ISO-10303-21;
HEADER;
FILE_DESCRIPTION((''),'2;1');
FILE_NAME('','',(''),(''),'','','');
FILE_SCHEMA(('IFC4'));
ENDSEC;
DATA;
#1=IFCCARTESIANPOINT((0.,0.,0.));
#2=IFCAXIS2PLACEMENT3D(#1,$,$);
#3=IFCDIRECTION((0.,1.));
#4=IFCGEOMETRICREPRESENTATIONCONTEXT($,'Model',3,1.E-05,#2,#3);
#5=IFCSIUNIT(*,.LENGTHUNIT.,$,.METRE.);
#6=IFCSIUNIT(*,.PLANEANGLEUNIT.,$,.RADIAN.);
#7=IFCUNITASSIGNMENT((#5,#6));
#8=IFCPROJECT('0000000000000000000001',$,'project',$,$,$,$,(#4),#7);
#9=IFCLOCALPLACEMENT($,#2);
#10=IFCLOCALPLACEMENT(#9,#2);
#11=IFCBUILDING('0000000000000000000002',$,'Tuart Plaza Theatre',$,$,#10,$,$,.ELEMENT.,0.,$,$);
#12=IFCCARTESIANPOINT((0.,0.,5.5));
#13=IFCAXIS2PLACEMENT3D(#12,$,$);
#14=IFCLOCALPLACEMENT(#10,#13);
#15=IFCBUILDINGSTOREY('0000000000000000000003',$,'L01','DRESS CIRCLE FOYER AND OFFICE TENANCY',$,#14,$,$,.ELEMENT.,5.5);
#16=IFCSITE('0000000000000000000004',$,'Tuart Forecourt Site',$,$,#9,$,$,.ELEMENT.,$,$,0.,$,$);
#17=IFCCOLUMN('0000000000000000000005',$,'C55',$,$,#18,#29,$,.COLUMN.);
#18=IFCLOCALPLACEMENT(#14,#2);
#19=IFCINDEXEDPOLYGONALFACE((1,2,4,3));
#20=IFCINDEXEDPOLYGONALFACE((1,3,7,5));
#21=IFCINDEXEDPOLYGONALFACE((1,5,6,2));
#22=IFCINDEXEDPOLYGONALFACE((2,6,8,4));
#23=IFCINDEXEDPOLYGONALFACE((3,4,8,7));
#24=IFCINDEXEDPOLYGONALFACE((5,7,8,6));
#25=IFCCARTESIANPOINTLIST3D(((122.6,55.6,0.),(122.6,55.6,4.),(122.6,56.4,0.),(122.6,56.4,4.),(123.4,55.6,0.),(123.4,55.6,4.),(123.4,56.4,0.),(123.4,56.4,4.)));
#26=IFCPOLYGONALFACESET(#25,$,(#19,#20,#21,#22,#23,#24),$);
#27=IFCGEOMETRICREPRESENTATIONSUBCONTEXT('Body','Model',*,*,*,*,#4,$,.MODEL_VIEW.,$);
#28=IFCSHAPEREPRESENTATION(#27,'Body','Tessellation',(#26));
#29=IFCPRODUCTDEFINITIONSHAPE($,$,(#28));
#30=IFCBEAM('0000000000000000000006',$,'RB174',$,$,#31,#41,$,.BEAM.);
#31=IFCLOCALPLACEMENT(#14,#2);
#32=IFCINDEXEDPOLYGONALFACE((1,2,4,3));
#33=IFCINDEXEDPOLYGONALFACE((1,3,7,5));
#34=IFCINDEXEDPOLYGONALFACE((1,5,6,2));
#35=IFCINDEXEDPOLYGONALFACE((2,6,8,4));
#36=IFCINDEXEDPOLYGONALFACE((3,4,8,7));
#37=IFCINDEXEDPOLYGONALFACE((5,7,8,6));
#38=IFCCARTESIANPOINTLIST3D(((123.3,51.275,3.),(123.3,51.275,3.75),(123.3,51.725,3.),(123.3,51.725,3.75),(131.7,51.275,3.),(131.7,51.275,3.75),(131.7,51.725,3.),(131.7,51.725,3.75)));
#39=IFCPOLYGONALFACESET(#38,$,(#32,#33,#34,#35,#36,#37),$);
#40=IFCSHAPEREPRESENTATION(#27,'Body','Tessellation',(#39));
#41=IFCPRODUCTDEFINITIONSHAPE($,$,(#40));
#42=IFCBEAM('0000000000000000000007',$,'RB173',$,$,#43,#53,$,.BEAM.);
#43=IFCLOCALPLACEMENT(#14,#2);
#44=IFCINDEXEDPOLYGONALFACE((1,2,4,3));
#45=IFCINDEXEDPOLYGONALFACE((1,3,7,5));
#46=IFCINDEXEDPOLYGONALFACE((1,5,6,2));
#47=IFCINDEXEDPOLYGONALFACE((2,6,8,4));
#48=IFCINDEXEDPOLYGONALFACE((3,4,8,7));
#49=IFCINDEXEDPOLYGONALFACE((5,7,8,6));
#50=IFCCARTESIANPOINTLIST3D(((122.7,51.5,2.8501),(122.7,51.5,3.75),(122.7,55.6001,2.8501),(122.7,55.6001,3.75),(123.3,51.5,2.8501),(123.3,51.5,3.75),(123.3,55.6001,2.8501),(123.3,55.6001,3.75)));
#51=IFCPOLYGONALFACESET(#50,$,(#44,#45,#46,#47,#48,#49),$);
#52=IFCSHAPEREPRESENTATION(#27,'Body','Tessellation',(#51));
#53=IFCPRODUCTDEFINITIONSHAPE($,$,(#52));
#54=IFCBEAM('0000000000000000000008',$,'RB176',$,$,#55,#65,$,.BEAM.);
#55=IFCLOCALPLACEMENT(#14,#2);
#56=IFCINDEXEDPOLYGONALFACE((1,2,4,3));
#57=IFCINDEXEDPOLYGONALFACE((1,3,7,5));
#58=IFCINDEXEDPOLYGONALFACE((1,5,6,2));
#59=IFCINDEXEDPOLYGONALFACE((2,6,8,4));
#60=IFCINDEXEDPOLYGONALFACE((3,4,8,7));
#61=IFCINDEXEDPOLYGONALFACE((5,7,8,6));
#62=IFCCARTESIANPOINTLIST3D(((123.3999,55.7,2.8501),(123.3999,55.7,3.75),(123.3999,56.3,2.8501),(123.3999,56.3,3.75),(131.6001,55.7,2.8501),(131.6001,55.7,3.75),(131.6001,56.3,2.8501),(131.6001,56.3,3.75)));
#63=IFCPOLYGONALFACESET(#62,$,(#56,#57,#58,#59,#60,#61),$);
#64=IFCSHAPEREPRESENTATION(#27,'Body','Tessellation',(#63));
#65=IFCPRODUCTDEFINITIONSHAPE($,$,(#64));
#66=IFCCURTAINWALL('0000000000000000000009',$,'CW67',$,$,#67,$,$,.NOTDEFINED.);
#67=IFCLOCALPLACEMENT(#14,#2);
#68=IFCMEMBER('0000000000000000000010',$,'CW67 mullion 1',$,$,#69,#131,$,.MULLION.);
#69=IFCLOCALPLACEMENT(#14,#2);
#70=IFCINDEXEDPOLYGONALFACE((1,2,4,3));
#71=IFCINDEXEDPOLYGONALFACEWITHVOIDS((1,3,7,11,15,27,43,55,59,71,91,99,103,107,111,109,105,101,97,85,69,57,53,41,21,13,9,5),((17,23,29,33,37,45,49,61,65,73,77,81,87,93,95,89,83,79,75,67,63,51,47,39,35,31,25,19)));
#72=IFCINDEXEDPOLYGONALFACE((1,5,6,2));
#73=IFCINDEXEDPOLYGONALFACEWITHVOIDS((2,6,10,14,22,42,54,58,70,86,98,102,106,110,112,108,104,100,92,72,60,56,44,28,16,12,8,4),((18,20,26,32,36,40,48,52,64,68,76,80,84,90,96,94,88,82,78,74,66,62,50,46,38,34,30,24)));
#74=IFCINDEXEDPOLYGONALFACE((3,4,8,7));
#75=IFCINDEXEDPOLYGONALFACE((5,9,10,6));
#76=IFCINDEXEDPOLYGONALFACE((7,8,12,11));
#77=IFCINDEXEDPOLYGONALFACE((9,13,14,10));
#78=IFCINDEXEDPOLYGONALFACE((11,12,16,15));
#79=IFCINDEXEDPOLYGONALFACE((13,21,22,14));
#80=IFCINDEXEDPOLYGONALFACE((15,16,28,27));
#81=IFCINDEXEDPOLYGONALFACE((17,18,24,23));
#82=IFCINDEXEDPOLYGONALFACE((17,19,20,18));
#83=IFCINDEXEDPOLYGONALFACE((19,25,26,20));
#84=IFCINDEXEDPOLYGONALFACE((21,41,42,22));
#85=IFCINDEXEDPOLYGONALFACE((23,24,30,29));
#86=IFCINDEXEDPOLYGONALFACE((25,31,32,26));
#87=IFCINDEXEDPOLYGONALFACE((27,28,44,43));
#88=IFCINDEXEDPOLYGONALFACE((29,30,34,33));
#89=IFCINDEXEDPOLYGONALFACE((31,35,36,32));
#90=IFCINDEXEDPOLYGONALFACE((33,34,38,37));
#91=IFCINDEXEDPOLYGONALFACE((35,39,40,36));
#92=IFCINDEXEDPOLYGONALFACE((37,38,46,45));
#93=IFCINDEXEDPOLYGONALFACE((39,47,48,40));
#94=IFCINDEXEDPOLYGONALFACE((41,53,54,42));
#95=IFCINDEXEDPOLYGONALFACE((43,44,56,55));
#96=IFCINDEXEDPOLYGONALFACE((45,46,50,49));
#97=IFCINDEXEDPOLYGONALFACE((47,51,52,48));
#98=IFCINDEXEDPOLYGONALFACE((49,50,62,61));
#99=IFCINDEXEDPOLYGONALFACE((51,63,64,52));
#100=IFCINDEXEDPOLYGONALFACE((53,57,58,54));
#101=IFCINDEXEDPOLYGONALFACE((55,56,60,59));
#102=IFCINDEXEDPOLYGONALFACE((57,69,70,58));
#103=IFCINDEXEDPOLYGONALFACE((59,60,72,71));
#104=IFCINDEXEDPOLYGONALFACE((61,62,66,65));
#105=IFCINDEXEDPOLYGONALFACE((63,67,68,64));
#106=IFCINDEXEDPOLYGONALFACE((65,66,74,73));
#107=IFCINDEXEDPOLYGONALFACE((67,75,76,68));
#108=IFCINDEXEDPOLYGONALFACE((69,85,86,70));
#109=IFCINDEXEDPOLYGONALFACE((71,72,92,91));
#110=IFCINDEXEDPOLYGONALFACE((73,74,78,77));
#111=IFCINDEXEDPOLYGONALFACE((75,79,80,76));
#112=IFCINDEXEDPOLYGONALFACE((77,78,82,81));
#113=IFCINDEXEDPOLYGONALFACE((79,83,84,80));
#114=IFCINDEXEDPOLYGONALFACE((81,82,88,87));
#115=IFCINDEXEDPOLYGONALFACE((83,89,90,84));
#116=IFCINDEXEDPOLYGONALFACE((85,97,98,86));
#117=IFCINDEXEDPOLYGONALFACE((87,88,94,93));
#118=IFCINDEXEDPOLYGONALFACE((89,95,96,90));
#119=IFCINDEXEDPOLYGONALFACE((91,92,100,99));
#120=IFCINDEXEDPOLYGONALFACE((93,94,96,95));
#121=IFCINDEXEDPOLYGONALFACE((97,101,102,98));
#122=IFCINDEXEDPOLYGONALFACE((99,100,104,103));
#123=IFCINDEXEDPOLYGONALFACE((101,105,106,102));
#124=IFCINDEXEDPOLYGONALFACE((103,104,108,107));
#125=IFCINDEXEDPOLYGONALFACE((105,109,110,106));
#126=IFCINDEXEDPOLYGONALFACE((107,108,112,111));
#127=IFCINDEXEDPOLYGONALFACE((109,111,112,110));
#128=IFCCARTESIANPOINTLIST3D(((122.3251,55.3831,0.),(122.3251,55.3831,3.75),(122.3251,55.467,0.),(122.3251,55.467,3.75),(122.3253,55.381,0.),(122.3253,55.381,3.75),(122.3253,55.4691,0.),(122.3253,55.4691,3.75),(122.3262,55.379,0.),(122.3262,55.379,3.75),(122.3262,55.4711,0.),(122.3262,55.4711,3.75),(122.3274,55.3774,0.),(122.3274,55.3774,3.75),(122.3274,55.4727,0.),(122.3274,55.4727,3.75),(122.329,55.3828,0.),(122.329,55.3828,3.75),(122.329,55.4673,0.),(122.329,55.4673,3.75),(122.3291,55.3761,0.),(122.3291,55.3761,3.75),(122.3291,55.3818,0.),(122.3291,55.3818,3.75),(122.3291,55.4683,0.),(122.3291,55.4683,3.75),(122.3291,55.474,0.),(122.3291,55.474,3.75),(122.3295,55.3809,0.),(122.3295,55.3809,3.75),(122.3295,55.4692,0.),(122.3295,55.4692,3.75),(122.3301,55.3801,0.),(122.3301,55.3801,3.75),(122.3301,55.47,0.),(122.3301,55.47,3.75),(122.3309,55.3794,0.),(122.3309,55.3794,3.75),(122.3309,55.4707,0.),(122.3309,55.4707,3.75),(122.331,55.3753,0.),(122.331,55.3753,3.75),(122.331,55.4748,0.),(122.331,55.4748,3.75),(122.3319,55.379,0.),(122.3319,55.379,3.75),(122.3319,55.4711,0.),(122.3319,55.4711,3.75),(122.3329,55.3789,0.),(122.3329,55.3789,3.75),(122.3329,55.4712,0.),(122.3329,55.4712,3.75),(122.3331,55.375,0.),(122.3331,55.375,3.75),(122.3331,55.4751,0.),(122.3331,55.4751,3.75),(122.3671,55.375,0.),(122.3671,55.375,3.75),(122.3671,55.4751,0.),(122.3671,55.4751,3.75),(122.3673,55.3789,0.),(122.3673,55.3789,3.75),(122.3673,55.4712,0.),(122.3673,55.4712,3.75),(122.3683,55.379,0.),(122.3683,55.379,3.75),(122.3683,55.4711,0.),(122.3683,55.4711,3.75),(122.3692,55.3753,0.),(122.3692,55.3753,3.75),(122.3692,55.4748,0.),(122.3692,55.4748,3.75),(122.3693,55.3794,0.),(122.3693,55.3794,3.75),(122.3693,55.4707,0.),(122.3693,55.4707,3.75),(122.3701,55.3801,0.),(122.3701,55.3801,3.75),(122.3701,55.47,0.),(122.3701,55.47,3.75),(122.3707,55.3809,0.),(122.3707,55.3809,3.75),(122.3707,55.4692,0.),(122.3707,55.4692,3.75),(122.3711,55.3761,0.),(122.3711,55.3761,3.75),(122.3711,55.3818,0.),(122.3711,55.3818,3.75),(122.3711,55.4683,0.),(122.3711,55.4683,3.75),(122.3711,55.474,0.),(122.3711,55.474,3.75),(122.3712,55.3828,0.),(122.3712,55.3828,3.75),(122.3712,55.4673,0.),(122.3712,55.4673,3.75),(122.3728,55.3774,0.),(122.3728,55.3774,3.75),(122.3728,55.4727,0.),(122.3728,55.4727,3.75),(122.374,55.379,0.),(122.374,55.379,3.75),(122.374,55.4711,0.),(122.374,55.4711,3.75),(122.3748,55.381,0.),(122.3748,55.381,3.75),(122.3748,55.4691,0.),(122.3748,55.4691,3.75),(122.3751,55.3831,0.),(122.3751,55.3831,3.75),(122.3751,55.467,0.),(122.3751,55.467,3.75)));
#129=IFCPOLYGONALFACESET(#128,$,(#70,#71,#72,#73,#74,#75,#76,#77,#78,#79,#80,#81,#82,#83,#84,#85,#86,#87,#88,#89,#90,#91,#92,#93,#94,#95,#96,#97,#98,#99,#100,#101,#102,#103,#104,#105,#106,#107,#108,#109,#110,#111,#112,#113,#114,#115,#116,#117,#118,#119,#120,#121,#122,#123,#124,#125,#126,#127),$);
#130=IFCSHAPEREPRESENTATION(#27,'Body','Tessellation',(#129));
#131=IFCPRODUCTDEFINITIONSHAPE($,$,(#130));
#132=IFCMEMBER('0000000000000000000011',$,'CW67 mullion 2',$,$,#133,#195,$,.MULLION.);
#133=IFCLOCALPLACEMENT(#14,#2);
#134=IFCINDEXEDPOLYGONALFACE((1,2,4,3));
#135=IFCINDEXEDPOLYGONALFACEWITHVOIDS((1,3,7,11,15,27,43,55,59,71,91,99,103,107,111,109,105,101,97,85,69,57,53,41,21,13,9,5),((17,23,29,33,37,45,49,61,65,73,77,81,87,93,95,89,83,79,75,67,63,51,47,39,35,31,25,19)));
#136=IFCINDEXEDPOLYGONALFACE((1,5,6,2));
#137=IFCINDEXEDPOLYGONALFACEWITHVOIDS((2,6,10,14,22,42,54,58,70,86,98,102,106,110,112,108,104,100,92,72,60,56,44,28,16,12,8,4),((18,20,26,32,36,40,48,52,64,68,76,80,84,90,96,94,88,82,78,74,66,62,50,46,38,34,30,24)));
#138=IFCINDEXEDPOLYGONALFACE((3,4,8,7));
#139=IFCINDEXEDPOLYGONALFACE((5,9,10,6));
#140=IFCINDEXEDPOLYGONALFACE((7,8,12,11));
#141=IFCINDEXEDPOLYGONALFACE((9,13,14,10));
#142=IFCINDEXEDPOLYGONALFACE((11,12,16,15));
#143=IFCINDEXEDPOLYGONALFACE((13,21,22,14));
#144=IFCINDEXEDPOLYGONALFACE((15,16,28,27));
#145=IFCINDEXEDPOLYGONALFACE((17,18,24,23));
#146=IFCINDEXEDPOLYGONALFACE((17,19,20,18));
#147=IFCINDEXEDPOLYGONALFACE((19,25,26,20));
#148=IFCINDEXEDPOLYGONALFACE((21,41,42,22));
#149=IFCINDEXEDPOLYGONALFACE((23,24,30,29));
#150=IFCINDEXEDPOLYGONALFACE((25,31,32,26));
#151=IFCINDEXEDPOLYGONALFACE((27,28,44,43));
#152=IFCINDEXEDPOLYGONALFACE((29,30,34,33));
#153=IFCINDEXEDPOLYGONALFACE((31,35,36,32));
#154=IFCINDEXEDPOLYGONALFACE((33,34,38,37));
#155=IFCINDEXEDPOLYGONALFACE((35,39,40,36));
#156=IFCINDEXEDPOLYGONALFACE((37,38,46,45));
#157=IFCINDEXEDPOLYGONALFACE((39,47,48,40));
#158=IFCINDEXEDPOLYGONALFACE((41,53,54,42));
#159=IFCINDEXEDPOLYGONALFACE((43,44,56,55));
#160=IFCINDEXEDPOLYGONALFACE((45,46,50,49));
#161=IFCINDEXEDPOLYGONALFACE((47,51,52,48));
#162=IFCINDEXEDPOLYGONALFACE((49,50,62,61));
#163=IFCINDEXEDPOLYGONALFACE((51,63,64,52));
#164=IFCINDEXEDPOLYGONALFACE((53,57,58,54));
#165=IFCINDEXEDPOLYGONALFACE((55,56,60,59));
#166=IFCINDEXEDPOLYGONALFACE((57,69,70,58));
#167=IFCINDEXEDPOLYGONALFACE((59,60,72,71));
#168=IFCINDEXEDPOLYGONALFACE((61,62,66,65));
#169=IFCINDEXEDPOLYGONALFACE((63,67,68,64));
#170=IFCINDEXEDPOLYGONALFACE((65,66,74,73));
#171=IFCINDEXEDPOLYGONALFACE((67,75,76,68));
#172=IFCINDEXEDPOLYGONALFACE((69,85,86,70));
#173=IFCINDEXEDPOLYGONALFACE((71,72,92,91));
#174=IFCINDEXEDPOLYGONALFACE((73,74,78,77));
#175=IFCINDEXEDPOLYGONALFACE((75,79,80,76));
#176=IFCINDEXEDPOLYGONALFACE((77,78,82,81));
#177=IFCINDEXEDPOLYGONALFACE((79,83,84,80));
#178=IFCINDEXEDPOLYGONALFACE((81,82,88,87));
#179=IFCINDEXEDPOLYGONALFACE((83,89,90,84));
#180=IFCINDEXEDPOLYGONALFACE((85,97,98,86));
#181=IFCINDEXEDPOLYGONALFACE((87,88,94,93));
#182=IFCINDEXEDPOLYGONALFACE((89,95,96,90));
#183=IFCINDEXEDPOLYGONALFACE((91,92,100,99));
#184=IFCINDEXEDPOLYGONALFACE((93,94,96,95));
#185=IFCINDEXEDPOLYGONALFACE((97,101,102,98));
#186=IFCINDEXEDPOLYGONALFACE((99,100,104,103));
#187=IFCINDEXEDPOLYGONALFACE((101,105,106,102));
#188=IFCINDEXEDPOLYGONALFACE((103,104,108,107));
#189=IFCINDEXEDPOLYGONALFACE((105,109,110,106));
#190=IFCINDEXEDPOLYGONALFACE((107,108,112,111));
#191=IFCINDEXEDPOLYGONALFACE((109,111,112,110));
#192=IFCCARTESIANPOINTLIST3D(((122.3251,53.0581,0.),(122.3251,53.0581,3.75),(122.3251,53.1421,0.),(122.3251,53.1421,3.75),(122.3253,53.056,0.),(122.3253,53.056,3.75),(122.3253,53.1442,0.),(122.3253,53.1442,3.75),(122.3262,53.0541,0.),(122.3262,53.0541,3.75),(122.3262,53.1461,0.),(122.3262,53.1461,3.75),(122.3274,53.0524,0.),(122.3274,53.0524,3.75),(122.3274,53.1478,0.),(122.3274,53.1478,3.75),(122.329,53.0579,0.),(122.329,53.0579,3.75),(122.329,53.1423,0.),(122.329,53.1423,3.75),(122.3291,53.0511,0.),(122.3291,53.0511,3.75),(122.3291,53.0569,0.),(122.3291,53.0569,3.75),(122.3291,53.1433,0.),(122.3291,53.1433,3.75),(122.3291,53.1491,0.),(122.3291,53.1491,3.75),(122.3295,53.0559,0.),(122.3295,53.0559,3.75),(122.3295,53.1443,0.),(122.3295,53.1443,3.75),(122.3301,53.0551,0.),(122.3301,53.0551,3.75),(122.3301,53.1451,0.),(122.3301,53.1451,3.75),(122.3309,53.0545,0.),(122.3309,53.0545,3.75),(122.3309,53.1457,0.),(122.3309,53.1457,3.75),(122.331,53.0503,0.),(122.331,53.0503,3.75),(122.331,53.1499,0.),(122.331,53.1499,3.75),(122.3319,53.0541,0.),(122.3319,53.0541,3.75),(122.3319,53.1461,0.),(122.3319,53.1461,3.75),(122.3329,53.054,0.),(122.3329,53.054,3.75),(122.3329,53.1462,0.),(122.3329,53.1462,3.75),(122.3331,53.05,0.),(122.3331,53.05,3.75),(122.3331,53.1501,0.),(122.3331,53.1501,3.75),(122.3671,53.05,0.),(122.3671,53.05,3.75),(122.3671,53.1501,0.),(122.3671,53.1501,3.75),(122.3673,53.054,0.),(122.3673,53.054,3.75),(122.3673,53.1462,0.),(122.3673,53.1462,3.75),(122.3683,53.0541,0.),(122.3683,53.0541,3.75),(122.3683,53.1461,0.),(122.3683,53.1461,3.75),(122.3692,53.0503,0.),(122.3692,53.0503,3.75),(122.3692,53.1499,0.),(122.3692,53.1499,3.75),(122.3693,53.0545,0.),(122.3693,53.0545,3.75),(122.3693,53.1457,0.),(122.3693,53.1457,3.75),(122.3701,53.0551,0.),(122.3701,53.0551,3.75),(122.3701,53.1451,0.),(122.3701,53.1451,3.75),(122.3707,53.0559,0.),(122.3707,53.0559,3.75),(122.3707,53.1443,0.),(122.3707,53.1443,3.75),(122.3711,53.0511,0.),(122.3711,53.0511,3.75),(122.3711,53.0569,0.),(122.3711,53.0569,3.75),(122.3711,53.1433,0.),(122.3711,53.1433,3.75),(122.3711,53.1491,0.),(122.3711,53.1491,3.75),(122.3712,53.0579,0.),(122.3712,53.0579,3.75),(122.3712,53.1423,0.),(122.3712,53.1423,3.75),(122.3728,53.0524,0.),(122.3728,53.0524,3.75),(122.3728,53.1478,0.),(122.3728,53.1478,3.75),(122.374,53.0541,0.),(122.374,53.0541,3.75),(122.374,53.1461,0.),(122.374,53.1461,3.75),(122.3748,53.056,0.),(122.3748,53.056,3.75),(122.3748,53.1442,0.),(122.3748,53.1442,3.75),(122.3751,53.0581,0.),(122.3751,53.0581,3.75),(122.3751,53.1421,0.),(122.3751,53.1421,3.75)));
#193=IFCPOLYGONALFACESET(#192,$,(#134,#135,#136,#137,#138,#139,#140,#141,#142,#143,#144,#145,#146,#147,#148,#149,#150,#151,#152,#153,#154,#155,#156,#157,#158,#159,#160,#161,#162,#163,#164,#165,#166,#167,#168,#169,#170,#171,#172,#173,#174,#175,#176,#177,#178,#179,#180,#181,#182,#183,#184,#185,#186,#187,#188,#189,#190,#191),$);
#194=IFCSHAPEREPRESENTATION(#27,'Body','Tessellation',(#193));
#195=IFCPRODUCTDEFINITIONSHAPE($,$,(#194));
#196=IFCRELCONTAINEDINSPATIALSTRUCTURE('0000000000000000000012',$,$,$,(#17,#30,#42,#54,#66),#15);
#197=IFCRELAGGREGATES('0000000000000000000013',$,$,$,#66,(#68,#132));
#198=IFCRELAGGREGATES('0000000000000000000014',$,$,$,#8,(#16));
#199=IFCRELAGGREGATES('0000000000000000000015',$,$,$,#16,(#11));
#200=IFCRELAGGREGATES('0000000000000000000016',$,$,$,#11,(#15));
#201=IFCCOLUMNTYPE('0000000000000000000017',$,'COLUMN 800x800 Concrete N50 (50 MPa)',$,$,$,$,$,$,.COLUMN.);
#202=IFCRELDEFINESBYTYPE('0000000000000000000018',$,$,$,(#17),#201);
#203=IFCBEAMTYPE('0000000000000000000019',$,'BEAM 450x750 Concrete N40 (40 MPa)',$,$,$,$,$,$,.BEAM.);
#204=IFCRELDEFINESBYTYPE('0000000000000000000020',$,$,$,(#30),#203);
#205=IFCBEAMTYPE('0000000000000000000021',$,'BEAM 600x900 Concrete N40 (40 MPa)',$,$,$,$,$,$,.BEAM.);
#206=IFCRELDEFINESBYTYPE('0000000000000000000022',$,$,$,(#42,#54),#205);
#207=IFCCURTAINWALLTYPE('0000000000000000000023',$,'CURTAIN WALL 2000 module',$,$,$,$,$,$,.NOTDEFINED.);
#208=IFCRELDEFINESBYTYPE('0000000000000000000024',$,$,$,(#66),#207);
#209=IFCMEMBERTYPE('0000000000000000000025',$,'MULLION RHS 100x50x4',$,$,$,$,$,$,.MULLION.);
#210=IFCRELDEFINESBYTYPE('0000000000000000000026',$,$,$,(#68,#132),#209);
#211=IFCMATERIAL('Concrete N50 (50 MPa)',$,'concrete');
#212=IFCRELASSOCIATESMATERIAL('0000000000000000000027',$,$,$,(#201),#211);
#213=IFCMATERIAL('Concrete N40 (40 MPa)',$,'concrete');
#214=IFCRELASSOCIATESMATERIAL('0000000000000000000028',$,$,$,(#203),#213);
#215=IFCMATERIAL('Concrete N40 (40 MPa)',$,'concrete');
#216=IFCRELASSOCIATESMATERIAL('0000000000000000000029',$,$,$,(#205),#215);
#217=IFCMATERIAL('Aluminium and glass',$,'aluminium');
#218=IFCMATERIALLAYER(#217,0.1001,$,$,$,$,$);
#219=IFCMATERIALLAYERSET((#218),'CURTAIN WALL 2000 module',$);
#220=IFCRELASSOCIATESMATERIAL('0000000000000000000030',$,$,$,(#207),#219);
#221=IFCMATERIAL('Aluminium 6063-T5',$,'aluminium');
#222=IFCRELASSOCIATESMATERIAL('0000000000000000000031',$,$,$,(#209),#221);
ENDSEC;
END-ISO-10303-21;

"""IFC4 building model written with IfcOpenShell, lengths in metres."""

from ifc_helpers import new_model, si_unit, direction, frame, origin, origin_2d, place, context, subcontext, project, spatial, rectangle, hollow_rectangle, extrude, material, layer, layer_set, material_profile, profile_set, type_object, element, aggregate, save


model = new_model("IFC4")

# Units and contexts
model_context = context("Model", 3, precision=1e-05, world=origin(), true_north=direction((0.0, 1.0)))
body_context = subcontext(model_context, "Body", "Model", "MODEL_VIEW")
ifc_project = project(units=[si_unit("LENGTHUNIT", "METRE"), si_unit("PLANEANGLEUNIT", "RADIAN")], contexts=[model_context])

# Site, building, storey
site_placement = place(None, origin())
site = spatial("IfcSite", under=ifc_project, at=site_placement, Name="Tuart Forecourt Site", CompositionType="ELEMENT", RefElevation=0.0)
building_placement = place(site_placement, origin())
building = spatial("IfcBuilding", under=site, at=building_placement, Name="Tuart Plaza Theatre", CompositionType="ELEMENT", ElevationOfRefHeight=0.0)
storey_placement = place(building_placement, frame((0.0, 0.0, 5.5)))
storey = spatial("IfcBuildingStorey", under=building, at=storey_placement, Name="L01", Description="DRESS CIRCLE FOYER AND OFFICE TENANCY", CompositionType="ELEMENT", Elevation=5.5)

# Column
ifc_material_1 = material(Name="Concrete N50 (50 MPa)", Category="concrete")
ifc_material_profile_1 = material_profile(ifc_material_1, rectangle(XDim=0.8, YDim=0.8, at=origin_2d()), Name="COLUMN 800x800 Concrete N50 (50 MPa)")
ifc_profile_set_1 = profile_set([ifc_material_profile_1], Name="Concrete N50 (50 MPa)")
column_type = type_object("IfcColumnType", Name="COLUMN 800x800 Concrete N50 (50 MPa)", PredefinedType="COLUMN", material=ifc_profile_set_1)
column_placement = place(storey_placement, frame((123.0, 56.0, 0.0), z_axis=(0.0, 0.0, 1.0), x_axis=(1.0, 0.0, 0.0)))
element("IfcColumn", 1, at=column_placement, inside=storey, type_object=column_type, Name="C55", PredefinedType="COLUMN", context=body_context, shape_type="SweptSolid", body=[
    extrude(rectangle(XDim=0.8, YDim=0.8, at=origin_2d()), origin(), (0.0, 0.0, 1.0), 4.0),
])

# Beams
ifc_material_2 = material(Name="Concrete N40 (40 MPa)", Category="concrete")
ifc_material_profile_2 = material_profile(ifc_material_2, rectangle(XDim=0.45, YDim=0.75, at=origin_2d()), Name="BEAM 450x750 Concrete N40 (40 MPa)")
ifc_profile_set_2 = profile_set([ifc_material_profile_2], Name="Concrete N40 (40 MPa)")
beam_type_1 = type_object("IfcBeamType", Name="BEAM 450x750 Concrete N40 (40 MPa)", PredefinedType="BEAM", material=ifc_profile_set_2)
beam_1_placement = place(storey_placement, frame((123.3, 51.5, 3.375), z_axis=(1.0, 0.0, 0.0), x_axis=(0.0, 1.0, 0.0)))
element("IfcBeam", 2, at=beam_1_placement, inside=storey, type_object=beam_type_1, Name="RB174", PredefinedType="BEAM", context=body_context, shape_type="SweptSolid", body=[
    extrude(rectangle(XDim=0.45, YDim=0.75, at=origin_2d()), origin(), (0.0, 0.0, 1.0), 8.3999),
])
ifc_material_3 = material(Name="Concrete N40 (40 MPa)", Category="concrete")
ifc_material_profile_3 = material_profile(ifc_material_3, rectangle(XDim=0.6001, YDim=0.8999, at=origin_2d()), Name="BEAM 600x900 Concrete N40 (40 MPa)")
ifc_profile_set_3 = profile_set([ifc_material_profile_3], Name="Concrete N40 (40 MPa)")
beam_type_2 = type_object("IfcBeamType", Name="BEAM 600x900 Concrete N40 (40 MPa)", PredefinedType="BEAM", material=ifc_profile_set_3)
beam_2_placement = place(storey_placement, frame((123.0, 51.5, 3.3), z_axis=(0.0, 1.0, 0.0), x_axis=(-1.0, 0.0, 0.0)))
element("IfcBeam", 3, at=beam_2_placement, inside=storey, type_object=beam_type_2, Name="RB173", PredefinedType="BEAM", context=body_context, shape_type="SweptSolid", body=[
    extrude(rectangle(XDim=0.6001, YDim=0.8999, at=origin_2d()), origin(), (0.0, 0.0, 1.0), 4.1001),
])
beam_3_placement = place(storey_placement, frame((123.3999, 56.0, 3.3), z_axis=(1.0, 0.0, 0.0), x_axis=(0.0, 1.0, 0.0)))
element("IfcBeam", 4, at=beam_3_placement, inside=storey, type_object=beam_type_2, Name="RB176", PredefinedType="BEAM", context=body_context, shape_type="SweptSolid", body=[
    extrude(rectangle(XDim=0.6001, YDim=0.8999, at=origin_2d()), origin(), (0.0, 0.0, 1.0), 8.2002),
])

# Curtain wall, members
ifc_material_4 = material(Name="Aluminium and glass", Category="aluminium")
ifc_layer_1 = layer(ifc_material_4, 0.1001)
ifc_layer_set_1 = layer_set([ifc_layer_1], Name="CURTAIN WALL 2000 module")
curtain_wall_type = type_object("IfcCurtainWallType", Name="CURTAIN WALL 2000 module", PredefinedType="NOTDEFINED", material=ifc_layer_set_1)
curtain_wall_1_placement = place(storey_placement, origin())
curtain_wall_1 = element("IfcCurtainWall", 5, at=curtain_wall_1_placement, inside=storey, type_object=curtain_wall_type, Name="CW67", PredefinedType="NOTDEFINED")
ifc_material_5 = material(Name="Aluminium 6063-T5", Category="aluminium")
ifc_material_profile_4 = material_profile(ifc_material_5, hollow_rectangle(XDim=0.05, YDim=0.1001, WallThickness=0.0039, InnerFilletRadius=0.0039, OuterFilletRadius=0.0081, at=origin_2d()), Name="RHS 100x50x4")
ifc_profile_set_4 = profile_set([ifc_material_profile_4], Name="Aluminium 6063-T5")
member_type_1 = type_object("IfcMemberType", Name="MULLION RHS 100x50x4", PredefinedType="MULLION", material=ifc_profile_set_4)
member_1_placement = place(storey_placement, frame((122.3501, 55.425, 0.0), z_axis=(0.0, 0.0, 1.0), x_axis=(1.0, 0.0, 0.0)))
member_1 = element("IfcMember", 6, at=member_1_placement, type_object=member_type_1, Name="CW67 mullion 1", PredefinedType="MULLION", context=body_context, shape_type="SweptSolid", body=[
    extrude(hollow_rectangle(XDim=0.05, YDim=0.1001, WallThickness=0.0039, InnerFilletRadius=0.0039, OuterFilletRadius=0.0081, at=origin_2d()), origin(), (0.0, 0.0, 1.0), 3.75),
])
member_2_placement = place(storey_placement, frame((122.3501, 53.1001, 0.0), z_axis=(0.0, 0.0, 1.0), x_axis=(1.0, 0.0, 0.0)))
member_2 = element("IfcMember", 7, at=member_2_placement, type_object=member_type_1, Name="CW67 mullion 2", PredefinedType="MULLION", context=body_context, shape_type="SweptSolid", body=[
    extrude(hollow_rectangle(XDim=0.05, YDim=0.1001, WallThickness=0.0039, InnerFilletRadius=0.0039, OuterFilletRadius=0.0081, at=origin_2d()), origin(), (0.0, 0.0, 1.0), 3.75),
])

aggregate(curtain_wall_1, [member_1, member_2])

save(model, "model.ifc")
